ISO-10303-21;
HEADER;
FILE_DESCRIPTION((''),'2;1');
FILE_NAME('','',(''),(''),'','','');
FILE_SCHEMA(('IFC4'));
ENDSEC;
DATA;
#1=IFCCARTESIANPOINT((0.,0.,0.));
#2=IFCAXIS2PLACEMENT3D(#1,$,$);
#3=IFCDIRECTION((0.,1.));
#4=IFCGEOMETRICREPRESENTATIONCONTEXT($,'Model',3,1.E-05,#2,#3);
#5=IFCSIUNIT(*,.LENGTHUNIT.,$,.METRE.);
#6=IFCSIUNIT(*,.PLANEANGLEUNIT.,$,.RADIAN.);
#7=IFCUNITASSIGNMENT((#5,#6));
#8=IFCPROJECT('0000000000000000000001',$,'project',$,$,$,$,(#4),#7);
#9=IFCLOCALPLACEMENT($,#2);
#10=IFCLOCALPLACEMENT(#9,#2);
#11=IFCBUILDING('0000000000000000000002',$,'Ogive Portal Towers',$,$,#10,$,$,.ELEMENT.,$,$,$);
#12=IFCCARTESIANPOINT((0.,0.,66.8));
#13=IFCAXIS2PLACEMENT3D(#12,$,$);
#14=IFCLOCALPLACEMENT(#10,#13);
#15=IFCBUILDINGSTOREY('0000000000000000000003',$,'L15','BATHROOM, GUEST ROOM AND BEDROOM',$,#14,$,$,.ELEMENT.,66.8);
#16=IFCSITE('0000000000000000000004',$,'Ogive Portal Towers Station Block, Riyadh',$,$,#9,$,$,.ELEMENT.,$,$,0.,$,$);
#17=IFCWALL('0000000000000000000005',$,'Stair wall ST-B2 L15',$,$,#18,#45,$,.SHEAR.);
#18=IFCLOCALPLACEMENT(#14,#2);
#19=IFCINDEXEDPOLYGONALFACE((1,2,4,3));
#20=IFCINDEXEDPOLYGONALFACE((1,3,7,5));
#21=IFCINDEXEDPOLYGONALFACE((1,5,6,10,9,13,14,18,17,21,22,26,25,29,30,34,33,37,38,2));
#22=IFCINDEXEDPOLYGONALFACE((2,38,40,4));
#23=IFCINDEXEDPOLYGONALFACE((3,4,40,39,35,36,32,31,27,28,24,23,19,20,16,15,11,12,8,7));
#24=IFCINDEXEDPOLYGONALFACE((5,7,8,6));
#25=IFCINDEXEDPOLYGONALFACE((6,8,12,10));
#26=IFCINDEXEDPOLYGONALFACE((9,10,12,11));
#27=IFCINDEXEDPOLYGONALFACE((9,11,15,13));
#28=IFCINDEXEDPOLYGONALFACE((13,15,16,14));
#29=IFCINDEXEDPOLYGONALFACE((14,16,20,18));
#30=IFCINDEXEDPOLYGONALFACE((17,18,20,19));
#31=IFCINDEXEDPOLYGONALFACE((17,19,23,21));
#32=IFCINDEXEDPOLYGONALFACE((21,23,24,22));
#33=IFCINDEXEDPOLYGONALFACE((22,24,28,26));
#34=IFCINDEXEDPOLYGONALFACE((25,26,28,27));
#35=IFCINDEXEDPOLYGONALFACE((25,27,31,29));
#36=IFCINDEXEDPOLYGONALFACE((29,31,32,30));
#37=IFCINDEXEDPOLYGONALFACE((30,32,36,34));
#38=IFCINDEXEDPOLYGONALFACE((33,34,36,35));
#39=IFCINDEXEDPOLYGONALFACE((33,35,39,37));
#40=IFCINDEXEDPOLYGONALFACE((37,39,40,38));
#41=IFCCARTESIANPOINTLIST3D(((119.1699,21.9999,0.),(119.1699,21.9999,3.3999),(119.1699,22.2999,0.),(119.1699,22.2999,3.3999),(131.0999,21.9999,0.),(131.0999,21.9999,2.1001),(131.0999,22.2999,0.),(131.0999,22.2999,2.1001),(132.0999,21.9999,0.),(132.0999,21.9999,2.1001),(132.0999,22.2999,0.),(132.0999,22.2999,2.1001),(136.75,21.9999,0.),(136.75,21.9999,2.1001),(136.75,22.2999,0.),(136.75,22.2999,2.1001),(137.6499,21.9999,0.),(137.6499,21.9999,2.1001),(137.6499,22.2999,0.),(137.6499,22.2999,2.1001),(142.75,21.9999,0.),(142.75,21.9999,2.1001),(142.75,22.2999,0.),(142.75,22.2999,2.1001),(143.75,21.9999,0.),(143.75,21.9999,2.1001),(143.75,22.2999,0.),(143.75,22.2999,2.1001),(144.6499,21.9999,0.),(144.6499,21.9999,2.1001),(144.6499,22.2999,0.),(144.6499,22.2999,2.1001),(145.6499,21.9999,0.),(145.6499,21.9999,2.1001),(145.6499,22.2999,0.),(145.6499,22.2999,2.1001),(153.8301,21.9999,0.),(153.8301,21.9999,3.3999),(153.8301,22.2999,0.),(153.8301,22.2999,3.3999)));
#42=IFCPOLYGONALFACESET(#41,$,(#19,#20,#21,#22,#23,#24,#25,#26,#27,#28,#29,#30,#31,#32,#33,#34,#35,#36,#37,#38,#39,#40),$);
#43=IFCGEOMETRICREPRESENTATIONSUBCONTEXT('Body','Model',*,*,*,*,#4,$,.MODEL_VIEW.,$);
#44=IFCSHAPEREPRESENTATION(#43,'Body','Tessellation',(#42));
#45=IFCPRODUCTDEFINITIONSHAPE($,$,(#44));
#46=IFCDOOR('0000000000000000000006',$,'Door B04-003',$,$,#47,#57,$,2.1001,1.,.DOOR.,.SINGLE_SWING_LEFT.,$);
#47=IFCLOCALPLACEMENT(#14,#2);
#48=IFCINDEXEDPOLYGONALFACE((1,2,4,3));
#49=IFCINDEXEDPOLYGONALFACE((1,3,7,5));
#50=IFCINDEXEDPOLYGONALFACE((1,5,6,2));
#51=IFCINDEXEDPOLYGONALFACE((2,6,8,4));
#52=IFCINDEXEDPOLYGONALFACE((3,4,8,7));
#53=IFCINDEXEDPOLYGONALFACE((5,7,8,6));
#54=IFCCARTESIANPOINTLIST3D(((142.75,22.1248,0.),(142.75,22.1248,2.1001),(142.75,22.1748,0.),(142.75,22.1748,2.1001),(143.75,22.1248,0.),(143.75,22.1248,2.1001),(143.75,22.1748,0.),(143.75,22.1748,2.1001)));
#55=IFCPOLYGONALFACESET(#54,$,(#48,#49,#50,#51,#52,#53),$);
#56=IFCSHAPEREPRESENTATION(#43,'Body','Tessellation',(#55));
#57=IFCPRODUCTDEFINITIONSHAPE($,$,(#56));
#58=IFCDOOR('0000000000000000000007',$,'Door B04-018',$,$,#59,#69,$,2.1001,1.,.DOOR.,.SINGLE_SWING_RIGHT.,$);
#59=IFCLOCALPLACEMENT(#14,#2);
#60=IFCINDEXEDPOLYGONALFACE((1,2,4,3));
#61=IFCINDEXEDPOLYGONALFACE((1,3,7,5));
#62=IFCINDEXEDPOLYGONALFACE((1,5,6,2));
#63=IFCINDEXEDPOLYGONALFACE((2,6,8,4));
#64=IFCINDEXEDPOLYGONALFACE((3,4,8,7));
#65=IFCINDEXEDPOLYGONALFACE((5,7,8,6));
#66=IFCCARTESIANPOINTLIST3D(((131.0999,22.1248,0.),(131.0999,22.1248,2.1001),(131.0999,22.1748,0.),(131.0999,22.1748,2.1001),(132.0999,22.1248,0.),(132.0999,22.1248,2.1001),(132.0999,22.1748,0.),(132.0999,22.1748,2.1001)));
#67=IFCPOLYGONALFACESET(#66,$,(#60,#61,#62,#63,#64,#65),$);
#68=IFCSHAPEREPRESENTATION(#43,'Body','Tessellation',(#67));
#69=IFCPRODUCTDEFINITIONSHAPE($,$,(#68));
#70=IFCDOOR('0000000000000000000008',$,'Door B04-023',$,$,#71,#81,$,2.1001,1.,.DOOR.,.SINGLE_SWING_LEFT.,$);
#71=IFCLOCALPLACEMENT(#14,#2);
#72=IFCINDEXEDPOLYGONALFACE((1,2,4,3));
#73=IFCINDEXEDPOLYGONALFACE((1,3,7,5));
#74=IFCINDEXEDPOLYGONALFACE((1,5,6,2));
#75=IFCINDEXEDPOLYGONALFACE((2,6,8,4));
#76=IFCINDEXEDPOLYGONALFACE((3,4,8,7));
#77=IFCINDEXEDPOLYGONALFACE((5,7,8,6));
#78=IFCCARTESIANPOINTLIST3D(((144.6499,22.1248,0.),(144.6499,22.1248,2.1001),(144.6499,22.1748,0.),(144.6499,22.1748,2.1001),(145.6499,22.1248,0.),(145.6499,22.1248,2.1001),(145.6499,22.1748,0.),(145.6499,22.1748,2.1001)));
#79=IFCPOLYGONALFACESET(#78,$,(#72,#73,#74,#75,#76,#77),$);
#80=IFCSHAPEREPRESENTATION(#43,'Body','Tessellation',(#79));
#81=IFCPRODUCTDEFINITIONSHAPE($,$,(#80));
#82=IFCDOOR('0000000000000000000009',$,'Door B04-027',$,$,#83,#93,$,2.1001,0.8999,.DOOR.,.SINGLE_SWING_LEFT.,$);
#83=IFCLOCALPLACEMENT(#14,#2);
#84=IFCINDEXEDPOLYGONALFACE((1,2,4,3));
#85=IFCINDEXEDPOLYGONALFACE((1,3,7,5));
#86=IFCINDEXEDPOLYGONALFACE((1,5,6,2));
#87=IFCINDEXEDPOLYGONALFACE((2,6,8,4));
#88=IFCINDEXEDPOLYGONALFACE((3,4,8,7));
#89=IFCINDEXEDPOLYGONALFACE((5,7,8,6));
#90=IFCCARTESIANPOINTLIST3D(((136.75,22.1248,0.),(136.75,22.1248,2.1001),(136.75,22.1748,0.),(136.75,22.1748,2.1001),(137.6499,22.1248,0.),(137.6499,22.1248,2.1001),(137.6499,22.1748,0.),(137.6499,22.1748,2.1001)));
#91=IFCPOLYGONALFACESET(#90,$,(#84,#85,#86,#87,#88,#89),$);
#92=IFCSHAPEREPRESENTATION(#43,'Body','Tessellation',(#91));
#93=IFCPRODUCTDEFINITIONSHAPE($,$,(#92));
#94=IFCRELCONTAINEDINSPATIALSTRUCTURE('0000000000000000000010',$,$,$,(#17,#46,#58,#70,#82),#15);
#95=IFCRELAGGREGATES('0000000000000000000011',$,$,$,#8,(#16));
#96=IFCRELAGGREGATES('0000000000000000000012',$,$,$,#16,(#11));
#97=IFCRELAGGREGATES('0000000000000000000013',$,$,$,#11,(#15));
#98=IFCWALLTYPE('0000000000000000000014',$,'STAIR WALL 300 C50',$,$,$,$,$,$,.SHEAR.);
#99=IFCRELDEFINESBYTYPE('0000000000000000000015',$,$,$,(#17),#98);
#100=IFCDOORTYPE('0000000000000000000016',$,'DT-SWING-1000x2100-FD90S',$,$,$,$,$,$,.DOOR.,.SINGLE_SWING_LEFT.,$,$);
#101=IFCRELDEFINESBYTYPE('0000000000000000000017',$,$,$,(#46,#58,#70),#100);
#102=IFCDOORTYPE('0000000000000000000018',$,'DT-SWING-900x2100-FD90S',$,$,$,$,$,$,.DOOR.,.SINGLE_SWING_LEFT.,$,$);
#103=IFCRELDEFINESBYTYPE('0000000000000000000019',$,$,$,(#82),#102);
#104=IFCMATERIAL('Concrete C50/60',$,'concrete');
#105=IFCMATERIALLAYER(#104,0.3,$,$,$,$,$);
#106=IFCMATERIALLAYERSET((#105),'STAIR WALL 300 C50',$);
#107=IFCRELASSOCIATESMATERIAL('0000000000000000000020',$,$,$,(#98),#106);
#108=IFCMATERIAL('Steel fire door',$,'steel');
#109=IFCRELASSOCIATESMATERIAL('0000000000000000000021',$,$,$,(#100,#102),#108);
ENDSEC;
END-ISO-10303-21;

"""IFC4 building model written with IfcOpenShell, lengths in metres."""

from ifc_helpers import new_model, si_unit, direction, frame, frame_2d, origin, place, context, subcontext, project, spatial, rectangle, extrude, material, layer, layer_set, type_object, element, fill, save


model = new_model("IFC4")

# Units and contexts
model_context = context("Model", 3, precision=1e-05, world=origin(), true_north=direction((0.0, 1.0)))
body_context = subcontext(model_context, "Body", "Model", "MODEL_VIEW")
ifc_project = project(units=[si_unit("LENGTHUNIT", "METRE"), si_unit("PLANEANGLEUNIT", "RADIAN")], contexts=[model_context])

# Site, building, storey
site_placement = place(None, origin())
site = spatial("IfcSite", under=ifc_project, at=site_placement, Name="Ogive Portal Towers Station Block, Riyadh", CompositionType="ELEMENT", RefElevation=0.0)
building_placement = place(site_placement, origin())
building = spatial("IfcBuilding", under=site, at=building_placement, Name="Ogive Portal Towers", CompositionType="ELEMENT")
storey_placement = place(building_placement, frame((0.0, 0.0, 66.8)))
storey = spatial("IfcBuildingStorey", under=building, at=storey_placement, Name="L15", Description="BATHROOM, GUEST ROOM AND BEDROOM", CompositionType="ELEMENT", Elevation=66.8)

# Wall, openings, doors
ifc_material_1 = material(Name="Concrete C50/60", Category="concrete")
ifc_layer_1 = layer(ifc_material_1, 0.3)
ifc_layer_set_1 = layer_set([ifc_layer_1], Name="STAIR WALL 300 C50")
wall_type_1 = type_object("IfcWallType", Name="STAIR WALL 300 C50", PredefinedType="SHEAR", material=ifc_layer_set_1)
wall_1_placement = place(storey_placement, frame((119.1699, 22.1499, 0.0), z_axis=(0.0, 0.0, 1.0), x_axis=(1.0, 0.0, 0.0)))
wall_1 = element("IfcWall", 1, at=wall_1_placement, inside=storey, type_object=wall_type_1, Name="Stair wall ST-B2 L15", PredefinedType="SHEAR", context=body_context, shape_type="SweptSolid", body=[
    extrude(rectangle(XDim=34.6602, YDim=0.3, at=frame_2d((17.3301, 0.0))), origin(), (0.0, 0.0, 1.0), 3.3999),
])
opening_1_placement = place(wall_1_placement, frame((23.5801, 0.0, 0.0)))
opening_1 = element("IfcOpeningElement", 2, at=opening_1_placement, cuts=wall_1, PredefinedType="OPENING", context=body_context, shape_type="SweptSolid", body=[
    extrude(rectangle(XDim=1.0, YDim=2.1001, at=frame_2d((0.5, 1.05))), frame((0.0, 0.1602, 0.0), z_axis=(0.0, -1.0, 0.0), x_axis=(1.0, 0.0, 0.0)), (0.0, 0.0, 1.0), 0.3201),
])
opening_2_placement = place(wall_1_placement, frame((11.9299, 0.0, 0.0)))
opening_2 = element("IfcOpeningElement", 3, at=opening_2_placement, cuts=wall_1, PredefinedType="OPENING", context=body_context, shape_type="SweptSolid", body=[
    extrude(rectangle(XDim=1.0, YDim=2.1001, at=frame_2d((0.5, 1.05))), frame((0.0, 0.1602, 0.0), z_axis=(0.0, -1.0, 0.0), x_axis=(1.0, 0.0, 0.0)), (0.0, 0.0, 1.0), 0.3201),
])
opening_3_placement = place(wall_1_placement, frame((25.48, 0.0, 0.0)))
opening_3 = element("IfcOpeningElement", 4, at=opening_3_placement, cuts=wall_1, PredefinedType="OPENING", context=body_context, shape_type="SweptSolid", body=[
    extrude(rectangle(XDim=1.0, YDim=2.1001, at=frame_2d((0.5, 1.05))), frame((0.0, 0.1602, 0.0), z_axis=(0.0, -1.0, 0.0), x_axis=(1.0, 0.0, 0.0)), (0.0, 0.0, 1.0), 0.3201),
])
opening_4_placement = place(wall_1_placement, frame((17.5801, 0.0, 0.0)))
opening_4 = element("IfcOpeningElement", 5, at=opening_4_placement, cuts=wall_1, PredefinedType="OPENING", context=body_context, shape_type="SweptSolid", body=[
    extrude(rectangle(XDim=0.8999, YDim=2.1001, at=frame_2d((0.45, 1.05))), frame((0.0, 0.1602, 0.0), z_axis=(0.0, -1.0, 0.0), x_axis=(1.0, 0.0, 0.0)), (0.0, 0.0, 1.0), 0.3201),
])
ifc_material_2 = material(Name="Steel fire door", Category="steel")
door_type_1 = type_object("IfcDoorType", Name="DT-SWING-1000x2100-FD90S", OperationType="SINGLE_SWING_LEFT", PredefinedType="DOOR", material=ifc_material_2)
door_1_placement = place(opening_1_placement, origin())
door_1 = element("IfcDoor", 6, at=door_1_placement, inside=storey, type_object=door_type_1, Name="Door B04-003", OperationType="SINGLE_SWING_LEFT", OverallHeight=2.1001, OverallWidth=1.0, PredefinedType="DOOR", context=body_context, shape_type="SweptSolid", body=[
    extrude(rectangle(XDim=1.0, YDim=2.1001, at=frame_2d((0.5, 1.05))), frame((0.0, 0.0249, 0.0), z_axis=(0.0, -1.0, 0.0), x_axis=(1.0, 0.0, 0.0)), (0.0, 0.0, 1.0), 0.05),
])
fill(opening_1, door_1)
door_2_placement = place(opening_2_placement, origin())
door_2 = element("IfcDoor", 7, at=door_2_placement, inside=storey, type_object=door_type_1, Name="Door B04-018", OperationType="SINGLE_SWING_RIGHT", OverallHeight=2.1001, OverallWidth=1.0, PredefinedType="DOOR", context=body_context, shape_type="SweptSolid", body=[
    extrude(rectangle(XDim=1.0, YDim=2.1001, at=frame_2d((0.5, 1.05))), frame((0.0, 0.0249, 0.0), z_axis=(0.0, -1.0, 0.0), x_axis=(1.0, 0.0, 0.0)), (0.0, 0.0, 1.0), 0.05),
])
fill(opening_2, door_2)
door_3_placement = place(opening_3_placement, origin())
door_3 = element("IfcDoor", 8, at=door_3_placement, inside=storey, type_object=door_type_1, Name="Door B04-023", OperationType="SINGLE_SWING_LEFT", OverallHeight=2.1001, OverallWidth=1.0, PredefinedType="DOOR", context=body_context, shape_type="SweptSolid", body=[
    extrude(rectangle(XDim=1.0, YDim=2.1001, at=frame_2d((0.5, 1.05))), frame((0.0, 0.0249, 0.0), z_axis=(0.0, -1.0, 0.0), x_axis=(1.0, 0.0, 0.0)), (0.0, 0.0, 1.0), 0.05),
])
fill(opening_3, door_3)
door_type_2 = type_object("IfcDoorType", Name="DT-SWING-900x2100-FD90S", OperationType="SINGLE_SWING_LEFT", PredefinedType="DOOR", material=ifc_material_2)
door_4_placement = place(opening_4_placement, origin())
door_4 = element("IfcDoor", 9, at=door_4_placement, inside=storey, type_object=door_type_2, Name="Door B04-027", OperationType="SINGLE_SWING_LEFT", OverallHeight=2.1001, OverallWidth=0.8999, PredefinedType="DOOR", context=body_context, shape_type="SweptSolid", body=[
    extrude(rectangle(XDim=0.8999, YDim=2.1001, at=frame_2d((0.45, 1.05))), frame((0.0, 0.0249, 0.0), z_axis=(0.0, -1.0, 0.0), x_axis=(1.0, 0.0, 0.0)), (0.0, 0.0, 1.0), 0.05),
])
fill(opening_4, door_4)

save(model, "model.ifc")
